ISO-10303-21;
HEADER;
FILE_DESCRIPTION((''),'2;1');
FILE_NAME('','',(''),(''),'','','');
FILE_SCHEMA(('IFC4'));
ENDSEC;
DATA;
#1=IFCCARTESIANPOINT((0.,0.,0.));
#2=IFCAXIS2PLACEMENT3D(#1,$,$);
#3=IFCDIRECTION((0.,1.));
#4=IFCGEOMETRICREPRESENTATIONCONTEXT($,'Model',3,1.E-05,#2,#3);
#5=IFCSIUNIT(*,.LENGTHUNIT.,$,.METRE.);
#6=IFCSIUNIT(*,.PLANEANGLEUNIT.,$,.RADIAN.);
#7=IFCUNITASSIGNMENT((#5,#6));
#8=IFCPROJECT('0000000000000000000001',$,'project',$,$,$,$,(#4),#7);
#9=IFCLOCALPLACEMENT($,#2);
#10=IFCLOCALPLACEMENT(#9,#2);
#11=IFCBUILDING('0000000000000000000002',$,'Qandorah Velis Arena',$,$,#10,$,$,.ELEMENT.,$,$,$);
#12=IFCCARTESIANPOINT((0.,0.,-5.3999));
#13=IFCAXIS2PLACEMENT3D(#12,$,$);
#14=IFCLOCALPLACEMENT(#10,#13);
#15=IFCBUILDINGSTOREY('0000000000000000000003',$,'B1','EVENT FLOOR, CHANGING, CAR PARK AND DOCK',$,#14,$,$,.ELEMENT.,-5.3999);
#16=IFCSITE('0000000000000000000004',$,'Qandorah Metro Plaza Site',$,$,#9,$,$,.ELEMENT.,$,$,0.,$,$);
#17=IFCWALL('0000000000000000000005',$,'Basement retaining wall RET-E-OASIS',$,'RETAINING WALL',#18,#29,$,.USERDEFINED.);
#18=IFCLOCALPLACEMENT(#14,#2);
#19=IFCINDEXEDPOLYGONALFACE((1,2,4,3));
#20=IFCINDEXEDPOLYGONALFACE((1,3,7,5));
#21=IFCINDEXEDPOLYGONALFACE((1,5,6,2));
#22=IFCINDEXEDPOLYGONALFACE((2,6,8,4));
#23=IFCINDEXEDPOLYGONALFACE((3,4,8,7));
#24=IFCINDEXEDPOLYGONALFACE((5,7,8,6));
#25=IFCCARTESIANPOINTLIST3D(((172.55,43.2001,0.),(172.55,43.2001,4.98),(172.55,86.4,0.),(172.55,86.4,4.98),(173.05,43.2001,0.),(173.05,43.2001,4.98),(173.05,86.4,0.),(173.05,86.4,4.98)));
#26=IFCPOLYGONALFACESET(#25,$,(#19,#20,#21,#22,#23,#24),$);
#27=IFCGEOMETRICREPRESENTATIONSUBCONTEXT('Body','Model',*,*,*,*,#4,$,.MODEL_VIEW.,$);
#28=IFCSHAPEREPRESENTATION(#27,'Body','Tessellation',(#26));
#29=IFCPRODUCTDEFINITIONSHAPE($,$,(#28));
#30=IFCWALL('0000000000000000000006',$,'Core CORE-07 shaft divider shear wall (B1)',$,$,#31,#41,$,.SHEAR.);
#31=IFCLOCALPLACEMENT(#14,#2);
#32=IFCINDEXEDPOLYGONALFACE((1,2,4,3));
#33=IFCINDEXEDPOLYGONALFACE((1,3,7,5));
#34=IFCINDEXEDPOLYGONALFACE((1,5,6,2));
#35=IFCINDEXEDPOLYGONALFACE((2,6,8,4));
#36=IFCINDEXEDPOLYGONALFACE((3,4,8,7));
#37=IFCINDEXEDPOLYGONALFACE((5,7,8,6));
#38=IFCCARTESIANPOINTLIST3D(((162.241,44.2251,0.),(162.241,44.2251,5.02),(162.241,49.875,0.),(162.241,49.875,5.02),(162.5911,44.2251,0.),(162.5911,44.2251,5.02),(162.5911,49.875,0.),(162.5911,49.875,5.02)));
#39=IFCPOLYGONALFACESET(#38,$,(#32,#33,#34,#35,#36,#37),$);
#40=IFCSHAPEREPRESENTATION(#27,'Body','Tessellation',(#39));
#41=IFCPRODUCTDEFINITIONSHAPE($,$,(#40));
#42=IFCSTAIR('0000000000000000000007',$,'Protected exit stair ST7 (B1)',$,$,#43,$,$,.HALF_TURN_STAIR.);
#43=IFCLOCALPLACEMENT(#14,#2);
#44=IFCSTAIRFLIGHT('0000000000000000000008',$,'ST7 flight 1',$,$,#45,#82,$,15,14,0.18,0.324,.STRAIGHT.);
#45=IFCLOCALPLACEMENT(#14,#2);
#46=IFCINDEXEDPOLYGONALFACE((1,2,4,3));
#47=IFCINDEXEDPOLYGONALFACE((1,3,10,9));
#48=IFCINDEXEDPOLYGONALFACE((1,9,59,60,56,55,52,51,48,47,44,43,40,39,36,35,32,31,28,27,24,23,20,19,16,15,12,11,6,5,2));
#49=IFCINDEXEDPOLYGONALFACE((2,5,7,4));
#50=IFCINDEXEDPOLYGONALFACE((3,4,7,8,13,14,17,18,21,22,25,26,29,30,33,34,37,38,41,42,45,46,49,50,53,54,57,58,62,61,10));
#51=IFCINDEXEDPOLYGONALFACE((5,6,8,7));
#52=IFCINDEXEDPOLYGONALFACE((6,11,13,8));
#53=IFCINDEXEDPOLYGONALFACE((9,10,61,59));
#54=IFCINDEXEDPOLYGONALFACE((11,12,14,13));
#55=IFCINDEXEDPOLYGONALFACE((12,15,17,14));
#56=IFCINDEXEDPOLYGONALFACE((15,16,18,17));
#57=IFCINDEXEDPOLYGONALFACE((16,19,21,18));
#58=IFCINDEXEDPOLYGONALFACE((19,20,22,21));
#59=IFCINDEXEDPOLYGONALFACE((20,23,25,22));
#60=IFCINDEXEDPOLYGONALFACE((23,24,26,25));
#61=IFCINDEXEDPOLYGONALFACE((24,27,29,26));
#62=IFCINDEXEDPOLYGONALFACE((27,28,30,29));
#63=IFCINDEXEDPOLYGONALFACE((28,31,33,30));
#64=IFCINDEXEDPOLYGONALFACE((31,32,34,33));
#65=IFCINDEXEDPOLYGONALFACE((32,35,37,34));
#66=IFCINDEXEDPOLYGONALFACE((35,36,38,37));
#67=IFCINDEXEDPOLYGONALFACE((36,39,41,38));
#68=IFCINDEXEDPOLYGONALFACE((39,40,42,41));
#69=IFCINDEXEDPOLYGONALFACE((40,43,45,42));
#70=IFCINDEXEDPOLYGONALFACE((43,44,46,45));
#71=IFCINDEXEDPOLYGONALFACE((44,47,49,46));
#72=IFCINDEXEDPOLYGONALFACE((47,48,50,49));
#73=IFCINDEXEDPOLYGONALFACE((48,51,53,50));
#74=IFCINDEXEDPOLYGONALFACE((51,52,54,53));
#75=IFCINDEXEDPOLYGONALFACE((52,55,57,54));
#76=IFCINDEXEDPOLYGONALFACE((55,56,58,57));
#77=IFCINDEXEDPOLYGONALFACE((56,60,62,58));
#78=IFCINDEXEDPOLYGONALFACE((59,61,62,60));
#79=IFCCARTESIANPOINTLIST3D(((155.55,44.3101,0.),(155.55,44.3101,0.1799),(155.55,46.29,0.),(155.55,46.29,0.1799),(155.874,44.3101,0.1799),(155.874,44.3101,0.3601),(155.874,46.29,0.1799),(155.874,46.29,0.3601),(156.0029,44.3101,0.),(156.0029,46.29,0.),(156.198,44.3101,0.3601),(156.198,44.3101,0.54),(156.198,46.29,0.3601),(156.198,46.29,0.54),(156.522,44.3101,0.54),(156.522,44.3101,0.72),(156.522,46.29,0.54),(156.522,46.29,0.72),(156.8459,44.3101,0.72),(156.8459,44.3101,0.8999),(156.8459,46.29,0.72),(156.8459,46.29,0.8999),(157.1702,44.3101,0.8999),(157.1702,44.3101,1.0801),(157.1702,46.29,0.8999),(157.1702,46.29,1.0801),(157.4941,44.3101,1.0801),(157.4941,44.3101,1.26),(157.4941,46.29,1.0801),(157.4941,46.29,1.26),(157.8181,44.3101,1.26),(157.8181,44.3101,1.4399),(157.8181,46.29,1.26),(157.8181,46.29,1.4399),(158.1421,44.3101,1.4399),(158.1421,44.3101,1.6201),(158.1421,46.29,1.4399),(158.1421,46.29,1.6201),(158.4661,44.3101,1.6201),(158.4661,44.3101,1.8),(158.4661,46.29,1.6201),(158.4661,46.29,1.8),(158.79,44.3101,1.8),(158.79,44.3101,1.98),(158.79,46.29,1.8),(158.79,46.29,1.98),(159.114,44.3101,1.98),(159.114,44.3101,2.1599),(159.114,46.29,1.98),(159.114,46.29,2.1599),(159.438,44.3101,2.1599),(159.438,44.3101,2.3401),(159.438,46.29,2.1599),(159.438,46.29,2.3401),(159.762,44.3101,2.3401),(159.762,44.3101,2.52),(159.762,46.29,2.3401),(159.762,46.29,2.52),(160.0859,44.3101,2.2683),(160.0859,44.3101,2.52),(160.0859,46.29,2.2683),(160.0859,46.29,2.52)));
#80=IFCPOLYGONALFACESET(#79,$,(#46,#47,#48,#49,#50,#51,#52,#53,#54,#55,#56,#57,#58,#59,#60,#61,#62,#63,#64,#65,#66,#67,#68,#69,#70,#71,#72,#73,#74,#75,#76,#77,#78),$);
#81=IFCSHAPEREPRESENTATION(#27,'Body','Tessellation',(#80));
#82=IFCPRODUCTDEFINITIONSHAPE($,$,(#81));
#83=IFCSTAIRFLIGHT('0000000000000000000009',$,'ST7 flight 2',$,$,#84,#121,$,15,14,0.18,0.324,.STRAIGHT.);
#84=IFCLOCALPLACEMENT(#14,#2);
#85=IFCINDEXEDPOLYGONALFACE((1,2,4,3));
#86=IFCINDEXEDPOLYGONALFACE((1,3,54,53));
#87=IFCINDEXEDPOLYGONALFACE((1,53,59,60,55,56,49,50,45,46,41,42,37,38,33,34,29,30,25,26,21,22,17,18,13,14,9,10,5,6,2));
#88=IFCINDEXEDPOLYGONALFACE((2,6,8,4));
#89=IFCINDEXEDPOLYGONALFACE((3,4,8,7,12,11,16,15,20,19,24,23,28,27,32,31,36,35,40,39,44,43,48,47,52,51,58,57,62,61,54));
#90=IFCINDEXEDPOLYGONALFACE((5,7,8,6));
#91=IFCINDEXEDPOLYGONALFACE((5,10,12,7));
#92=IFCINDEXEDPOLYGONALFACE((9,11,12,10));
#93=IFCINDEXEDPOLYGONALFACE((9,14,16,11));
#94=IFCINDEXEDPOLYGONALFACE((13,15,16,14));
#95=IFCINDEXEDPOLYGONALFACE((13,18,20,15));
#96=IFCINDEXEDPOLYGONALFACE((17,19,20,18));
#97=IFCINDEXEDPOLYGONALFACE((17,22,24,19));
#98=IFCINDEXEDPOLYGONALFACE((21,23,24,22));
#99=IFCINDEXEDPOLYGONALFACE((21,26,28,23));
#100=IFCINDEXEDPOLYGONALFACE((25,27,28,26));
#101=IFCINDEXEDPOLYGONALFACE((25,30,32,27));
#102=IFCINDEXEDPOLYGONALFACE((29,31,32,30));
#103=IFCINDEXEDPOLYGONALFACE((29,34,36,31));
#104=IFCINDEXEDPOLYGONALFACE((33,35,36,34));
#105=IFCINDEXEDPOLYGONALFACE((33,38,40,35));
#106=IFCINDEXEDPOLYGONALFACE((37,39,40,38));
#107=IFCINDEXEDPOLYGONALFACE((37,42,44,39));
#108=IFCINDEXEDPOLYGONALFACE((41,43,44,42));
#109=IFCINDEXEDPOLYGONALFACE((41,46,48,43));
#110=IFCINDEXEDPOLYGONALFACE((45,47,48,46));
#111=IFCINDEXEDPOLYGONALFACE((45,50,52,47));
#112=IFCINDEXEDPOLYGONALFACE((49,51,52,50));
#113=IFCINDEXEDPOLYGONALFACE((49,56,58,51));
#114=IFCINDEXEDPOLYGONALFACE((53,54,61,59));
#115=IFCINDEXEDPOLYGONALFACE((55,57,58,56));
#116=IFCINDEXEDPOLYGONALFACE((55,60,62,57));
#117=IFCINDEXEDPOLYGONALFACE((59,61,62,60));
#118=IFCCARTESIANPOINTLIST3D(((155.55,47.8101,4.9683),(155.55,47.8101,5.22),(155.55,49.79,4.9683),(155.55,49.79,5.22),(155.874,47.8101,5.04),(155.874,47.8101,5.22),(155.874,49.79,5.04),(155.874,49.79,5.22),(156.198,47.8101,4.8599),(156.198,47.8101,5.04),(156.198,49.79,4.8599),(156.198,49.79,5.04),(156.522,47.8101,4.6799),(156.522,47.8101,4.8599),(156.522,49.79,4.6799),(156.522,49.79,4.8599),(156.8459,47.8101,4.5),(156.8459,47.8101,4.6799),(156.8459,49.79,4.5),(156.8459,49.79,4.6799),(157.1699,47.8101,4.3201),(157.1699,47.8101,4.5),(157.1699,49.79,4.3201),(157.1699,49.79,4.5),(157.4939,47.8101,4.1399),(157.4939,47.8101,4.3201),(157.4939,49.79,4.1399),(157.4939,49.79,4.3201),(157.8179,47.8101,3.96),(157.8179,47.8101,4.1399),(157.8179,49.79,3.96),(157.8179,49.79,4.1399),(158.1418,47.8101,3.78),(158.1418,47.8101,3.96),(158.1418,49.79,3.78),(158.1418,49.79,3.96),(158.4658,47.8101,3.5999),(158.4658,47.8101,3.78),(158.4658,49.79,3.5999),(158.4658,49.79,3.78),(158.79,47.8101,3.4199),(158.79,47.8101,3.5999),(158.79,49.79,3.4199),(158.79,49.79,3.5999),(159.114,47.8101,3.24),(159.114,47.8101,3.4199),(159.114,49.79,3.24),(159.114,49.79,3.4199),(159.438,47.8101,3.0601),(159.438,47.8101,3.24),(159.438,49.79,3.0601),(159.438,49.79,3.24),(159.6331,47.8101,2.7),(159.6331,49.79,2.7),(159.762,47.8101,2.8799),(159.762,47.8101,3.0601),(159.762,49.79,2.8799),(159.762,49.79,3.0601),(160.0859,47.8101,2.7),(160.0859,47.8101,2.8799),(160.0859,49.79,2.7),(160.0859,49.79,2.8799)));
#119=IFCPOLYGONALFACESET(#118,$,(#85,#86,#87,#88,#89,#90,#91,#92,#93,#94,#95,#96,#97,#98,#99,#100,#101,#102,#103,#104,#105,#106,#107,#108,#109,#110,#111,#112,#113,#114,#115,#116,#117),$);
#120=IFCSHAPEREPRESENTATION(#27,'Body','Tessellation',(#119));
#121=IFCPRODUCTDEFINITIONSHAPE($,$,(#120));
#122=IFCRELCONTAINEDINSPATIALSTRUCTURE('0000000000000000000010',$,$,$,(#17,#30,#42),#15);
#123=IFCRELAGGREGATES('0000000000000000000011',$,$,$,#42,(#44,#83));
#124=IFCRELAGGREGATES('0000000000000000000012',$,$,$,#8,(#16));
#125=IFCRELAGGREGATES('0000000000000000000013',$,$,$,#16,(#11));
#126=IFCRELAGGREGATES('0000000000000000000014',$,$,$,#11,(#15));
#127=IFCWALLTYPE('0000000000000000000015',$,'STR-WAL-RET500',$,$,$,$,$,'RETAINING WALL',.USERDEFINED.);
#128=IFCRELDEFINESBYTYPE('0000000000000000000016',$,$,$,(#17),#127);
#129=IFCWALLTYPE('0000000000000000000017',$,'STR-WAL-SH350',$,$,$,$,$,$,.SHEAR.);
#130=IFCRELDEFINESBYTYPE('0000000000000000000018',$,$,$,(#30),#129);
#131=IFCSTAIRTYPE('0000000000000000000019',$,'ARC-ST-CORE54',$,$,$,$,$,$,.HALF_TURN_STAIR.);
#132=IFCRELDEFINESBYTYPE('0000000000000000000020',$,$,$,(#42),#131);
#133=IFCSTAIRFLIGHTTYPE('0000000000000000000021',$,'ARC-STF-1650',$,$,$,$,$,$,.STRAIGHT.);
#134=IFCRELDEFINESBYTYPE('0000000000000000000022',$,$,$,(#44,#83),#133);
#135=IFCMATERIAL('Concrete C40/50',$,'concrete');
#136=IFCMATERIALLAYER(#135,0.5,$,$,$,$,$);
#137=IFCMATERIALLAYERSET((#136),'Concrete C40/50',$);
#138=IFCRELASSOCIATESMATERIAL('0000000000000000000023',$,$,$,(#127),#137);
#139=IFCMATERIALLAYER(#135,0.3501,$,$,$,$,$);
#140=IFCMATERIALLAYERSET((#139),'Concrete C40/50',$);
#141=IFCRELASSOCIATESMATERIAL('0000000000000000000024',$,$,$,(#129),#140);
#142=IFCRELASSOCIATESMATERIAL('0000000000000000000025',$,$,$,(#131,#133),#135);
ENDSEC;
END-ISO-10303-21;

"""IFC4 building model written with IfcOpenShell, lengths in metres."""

from ifc_helpers import new_model, si_unit, direction, frame, frame_2d, origin, place, context, subcontext, project, spatial, polyline, rectangle, outline, extrude, material, layer, layer_set, type_object, element, aggregate, save


model = new_model("IFC4")

# Units and contexts
model_context = context("Model", 3, precision=1e-05, world=origin(), true_north=direction((0.0, 1.0)))
body_context = subcontext(model_context, "Body", "Model", "MODEL_VIEW")
ifc_project = project(units=[si_unit("LENGTHUNIT", "METRE"), si_unit("PLANEANGLEUNIT", "RADIAN")], contexts=[model_context])

# Site, building, storey
site_placement = place(None, origin())
site = spatial("IfcSite", under=ifc_project, at=site_placement, Name="Qandorah Metro Plaza Site", CompositionType="ELEMENT", RefElevation=0.0)
building_placement = place(site_placement, origin())
building = spatial("IfcBuilding", under=site, at=building_placement, Name="Qandorah Velis Arena", CompositionType="ELEMENT")
storey_placement = place(building_placement, frame((0.0, 0.0, -5.3999)))
storey = spatial("IfcBuildingStorey", under=building, at=storey_placement, Name="B1", Description="EVENT FLOOR, CHANGING, CAR PARK AND DOCK", CompositionType="ELEMENT", Elevation=-5.3999)

# Shared definitions
ifc_material_1 = material(Name="Concrete C40/50", Category="concrete")

# Walls
ifc_layer_1 = layer(ifc_material_1, 0.5)
ifc_layer_set_1 = layer_set([ifc_layer_1], Name="Concrete C40/50")
wall_type_1 = type_object("IfcWallType", Name="STR-WAL-RET500", ElementType="RETAINING WALL", PredefinedType="USERDEFINED", material=ifc_layer_set_1)
wall_1_placement = place(storey_placement, frame((172.8, 43.2, 0.0), z_axis=(0.0, 0.0, 1.0), x_axis=(0.0, 1.0, 0.0)))
element("IfcWall", 1, at=wall_1_placement, inside=storey, type_object=wall_type_1, Name="Basement retaining wall RET-E-OASIS", ObjectType="RETAINING WALL", PredefinedType="USERDEFINED", context=body_context, shape_type="SweptSolid", body=[
    extrude(rectangle(XDim=43.2, YDim=0.5, at=frame_2d((21.6001, 0.0))), origin(), (0.0, 0.0, 1.0), 4.98),
])
ifc_layer_2 = layer(ifc_material_1, 0.3501)
ifc_layer_set_2 = layer_set([ifc_layer_2], Name="Concrete C40/50")
wall_type_2 = type_object("IfcWallType", Name="STR-WAL-SH350", PredefinedType="SHEAR", material=ifc_layer_set_2)
wall_2_placement = place(storey_placement, frame((162.416, 44.2251, 0.0), z_axis=(0.0, 0.0, 1.0), x_axis=(0.0, 1.0, 0.0)))
element("IfcWall", 2, at=wall_2_placement, inside=storey, type_object=wall_type_2, Name="Core CORE-07 shaft divider shear wall (B1)", PredefinedType="SHEAR", context=body_context, shape_type="SweptSolid", body=[
    extrude(rectangle(XDim=5.6499, YDim=0.3501, at=frame_2d((2.825, 0.0))), origin(), (0.0, 0.0, 1.0), 5.02),
])

# Stair, stair flights
stair_type = type_object("IfcStairType", Name="ARC-ST-CORE54", PredefinedType="HALF_TURN_STAIR", material=ifc_material_1)
stair_placement = place(storey_placement, origin())
stair = element("IfcStair", 3, at=stair_placement, inside=storey, type_object=stair_type, Name="Protected exit stair ST7 (B1)", PredefinedType="HALF_TURN_STAIR")
stair_flight_type = type_object("IfcStairFlightType", Name="ARC-STF-1650", PredefinedType="STRAIGHT", material=ifc_material_1)
stair_flight_1_placement = place(storey_placement, frame((155.55, 45.3, 0.0), z_axis=(0.0, 0.0, 1.0), x_axis=(1.0, 0.0, 0.0)))
stair_flight_1 = element("IfcStairFlight", 4, at=stair_flight_1_placement, type_object=stair_flight_type, Name="ST7 flight 1", NumberOfRisers=15, NumberOfTreads=14, PredefinedType="STRAIGHT", RiserHeight=0.18, TreadLength=0.324, context=body_context, shape_type="SweptSolid", body=[
    extrude(outline(polyline([(0.0, 0.0), (0.0, 0.1799), (0.324, 0.1799), (0.324, 0.3601), (0.6479, 0.3601), (0.6479, 0.54), (0.9719, 0.54), (0.9719, 0.72), (1.2959, 0.72), (1.2959, 0.8999), (1.6201, 0.8999), (1.6201, 1.0801), (1.9441, 1.0801), (1.9441, 1.26), (2.2681, 1.26), (2.2681, 1.4399), (2.592, 1.4399), (2.592, 1.6201), (2.916, 1.6201), (2.916, 1.8), (3.24, 1.8), (3.24, 1.98), (3.564, 1.98), (3.564, 2.1599), (3.8879, 2.1599), (3.8879, 2.3401), (4.2119, 2.3401), (4.2119, 2.52), (4.5359, 2.52), (4.5359, 2.7), (4.5359, 2.2683), (0.4529, 0.0), (0.0, 0.0)])), frame((0.0, 0.99, 0.0), z_axis=(0.0, -1.0, 0.0), x_axis=(1.0, 0.0, 0.0)), (0.0, 0.0, 1.0), 1.98),
])
stair_flight_2_placement = place(storey_placement, frame((160.0859, 48.8, 2.7), z_axis=(0.0, 0.0, 1.0), x_axis=(-1.0, 0.0, 0.0)))
stair_flight_2 = element("IfcStairFlight", 5, at=stair_flight_2_placement, type_object=stair_flight_type, Name="ST7 flight 2", NumberOfRisers=15, NumberOfTreads=14, PredefinedType="STRAIGHT", RiserHeight=0.18, TreadLength=0.324, context=body_context, shape_type="SweptSolid", body=[
    extrude(outline(polyline([(0.0, 0.0), (0.0, 0.1799), (0.324, 0.1799), (0.324, 0.3601), (0.6479, 0.3601), (0.6479, 0.54), (0.9719, 0.54), (0.9719, 0.72), (1.2959, 0.72), (1.2959, 0.8999), (1.6201, 0.8999), (1.6201, 1.0801), (1.9441, 1.0801), (1.9441, 1.26), (2.2681, 1.26), (2.2681, 1.4399), (2.592, 1.4399), (2.592, 1.6201), (2.916, 1.6201), (2.916, 1.8), (3.24, 1.8), (3.24, 1.98), (3.564, 1.98), (3.564, 2.1599), (3.8879, 2.1599), (3.8879, 2.3401), (4.2119, 2.3401), (4.2119, 2.52), (4.5359, 2.52), (4.5359, 2.7), (4.5359, 2.2683), (0.4529, 0.0), (0.0, 0.0)])), frame((0.0, 0.99, 0.0), z_axis=(0.0, -1.0, 0.0), x_axis=(1.0, 0.0, 0.0)), (0.0, 0.0, 1.0), 1.98),
])
aggregate(stair, [stair_flight_1, stair_flight_2])

save(model, "model.ifc")
